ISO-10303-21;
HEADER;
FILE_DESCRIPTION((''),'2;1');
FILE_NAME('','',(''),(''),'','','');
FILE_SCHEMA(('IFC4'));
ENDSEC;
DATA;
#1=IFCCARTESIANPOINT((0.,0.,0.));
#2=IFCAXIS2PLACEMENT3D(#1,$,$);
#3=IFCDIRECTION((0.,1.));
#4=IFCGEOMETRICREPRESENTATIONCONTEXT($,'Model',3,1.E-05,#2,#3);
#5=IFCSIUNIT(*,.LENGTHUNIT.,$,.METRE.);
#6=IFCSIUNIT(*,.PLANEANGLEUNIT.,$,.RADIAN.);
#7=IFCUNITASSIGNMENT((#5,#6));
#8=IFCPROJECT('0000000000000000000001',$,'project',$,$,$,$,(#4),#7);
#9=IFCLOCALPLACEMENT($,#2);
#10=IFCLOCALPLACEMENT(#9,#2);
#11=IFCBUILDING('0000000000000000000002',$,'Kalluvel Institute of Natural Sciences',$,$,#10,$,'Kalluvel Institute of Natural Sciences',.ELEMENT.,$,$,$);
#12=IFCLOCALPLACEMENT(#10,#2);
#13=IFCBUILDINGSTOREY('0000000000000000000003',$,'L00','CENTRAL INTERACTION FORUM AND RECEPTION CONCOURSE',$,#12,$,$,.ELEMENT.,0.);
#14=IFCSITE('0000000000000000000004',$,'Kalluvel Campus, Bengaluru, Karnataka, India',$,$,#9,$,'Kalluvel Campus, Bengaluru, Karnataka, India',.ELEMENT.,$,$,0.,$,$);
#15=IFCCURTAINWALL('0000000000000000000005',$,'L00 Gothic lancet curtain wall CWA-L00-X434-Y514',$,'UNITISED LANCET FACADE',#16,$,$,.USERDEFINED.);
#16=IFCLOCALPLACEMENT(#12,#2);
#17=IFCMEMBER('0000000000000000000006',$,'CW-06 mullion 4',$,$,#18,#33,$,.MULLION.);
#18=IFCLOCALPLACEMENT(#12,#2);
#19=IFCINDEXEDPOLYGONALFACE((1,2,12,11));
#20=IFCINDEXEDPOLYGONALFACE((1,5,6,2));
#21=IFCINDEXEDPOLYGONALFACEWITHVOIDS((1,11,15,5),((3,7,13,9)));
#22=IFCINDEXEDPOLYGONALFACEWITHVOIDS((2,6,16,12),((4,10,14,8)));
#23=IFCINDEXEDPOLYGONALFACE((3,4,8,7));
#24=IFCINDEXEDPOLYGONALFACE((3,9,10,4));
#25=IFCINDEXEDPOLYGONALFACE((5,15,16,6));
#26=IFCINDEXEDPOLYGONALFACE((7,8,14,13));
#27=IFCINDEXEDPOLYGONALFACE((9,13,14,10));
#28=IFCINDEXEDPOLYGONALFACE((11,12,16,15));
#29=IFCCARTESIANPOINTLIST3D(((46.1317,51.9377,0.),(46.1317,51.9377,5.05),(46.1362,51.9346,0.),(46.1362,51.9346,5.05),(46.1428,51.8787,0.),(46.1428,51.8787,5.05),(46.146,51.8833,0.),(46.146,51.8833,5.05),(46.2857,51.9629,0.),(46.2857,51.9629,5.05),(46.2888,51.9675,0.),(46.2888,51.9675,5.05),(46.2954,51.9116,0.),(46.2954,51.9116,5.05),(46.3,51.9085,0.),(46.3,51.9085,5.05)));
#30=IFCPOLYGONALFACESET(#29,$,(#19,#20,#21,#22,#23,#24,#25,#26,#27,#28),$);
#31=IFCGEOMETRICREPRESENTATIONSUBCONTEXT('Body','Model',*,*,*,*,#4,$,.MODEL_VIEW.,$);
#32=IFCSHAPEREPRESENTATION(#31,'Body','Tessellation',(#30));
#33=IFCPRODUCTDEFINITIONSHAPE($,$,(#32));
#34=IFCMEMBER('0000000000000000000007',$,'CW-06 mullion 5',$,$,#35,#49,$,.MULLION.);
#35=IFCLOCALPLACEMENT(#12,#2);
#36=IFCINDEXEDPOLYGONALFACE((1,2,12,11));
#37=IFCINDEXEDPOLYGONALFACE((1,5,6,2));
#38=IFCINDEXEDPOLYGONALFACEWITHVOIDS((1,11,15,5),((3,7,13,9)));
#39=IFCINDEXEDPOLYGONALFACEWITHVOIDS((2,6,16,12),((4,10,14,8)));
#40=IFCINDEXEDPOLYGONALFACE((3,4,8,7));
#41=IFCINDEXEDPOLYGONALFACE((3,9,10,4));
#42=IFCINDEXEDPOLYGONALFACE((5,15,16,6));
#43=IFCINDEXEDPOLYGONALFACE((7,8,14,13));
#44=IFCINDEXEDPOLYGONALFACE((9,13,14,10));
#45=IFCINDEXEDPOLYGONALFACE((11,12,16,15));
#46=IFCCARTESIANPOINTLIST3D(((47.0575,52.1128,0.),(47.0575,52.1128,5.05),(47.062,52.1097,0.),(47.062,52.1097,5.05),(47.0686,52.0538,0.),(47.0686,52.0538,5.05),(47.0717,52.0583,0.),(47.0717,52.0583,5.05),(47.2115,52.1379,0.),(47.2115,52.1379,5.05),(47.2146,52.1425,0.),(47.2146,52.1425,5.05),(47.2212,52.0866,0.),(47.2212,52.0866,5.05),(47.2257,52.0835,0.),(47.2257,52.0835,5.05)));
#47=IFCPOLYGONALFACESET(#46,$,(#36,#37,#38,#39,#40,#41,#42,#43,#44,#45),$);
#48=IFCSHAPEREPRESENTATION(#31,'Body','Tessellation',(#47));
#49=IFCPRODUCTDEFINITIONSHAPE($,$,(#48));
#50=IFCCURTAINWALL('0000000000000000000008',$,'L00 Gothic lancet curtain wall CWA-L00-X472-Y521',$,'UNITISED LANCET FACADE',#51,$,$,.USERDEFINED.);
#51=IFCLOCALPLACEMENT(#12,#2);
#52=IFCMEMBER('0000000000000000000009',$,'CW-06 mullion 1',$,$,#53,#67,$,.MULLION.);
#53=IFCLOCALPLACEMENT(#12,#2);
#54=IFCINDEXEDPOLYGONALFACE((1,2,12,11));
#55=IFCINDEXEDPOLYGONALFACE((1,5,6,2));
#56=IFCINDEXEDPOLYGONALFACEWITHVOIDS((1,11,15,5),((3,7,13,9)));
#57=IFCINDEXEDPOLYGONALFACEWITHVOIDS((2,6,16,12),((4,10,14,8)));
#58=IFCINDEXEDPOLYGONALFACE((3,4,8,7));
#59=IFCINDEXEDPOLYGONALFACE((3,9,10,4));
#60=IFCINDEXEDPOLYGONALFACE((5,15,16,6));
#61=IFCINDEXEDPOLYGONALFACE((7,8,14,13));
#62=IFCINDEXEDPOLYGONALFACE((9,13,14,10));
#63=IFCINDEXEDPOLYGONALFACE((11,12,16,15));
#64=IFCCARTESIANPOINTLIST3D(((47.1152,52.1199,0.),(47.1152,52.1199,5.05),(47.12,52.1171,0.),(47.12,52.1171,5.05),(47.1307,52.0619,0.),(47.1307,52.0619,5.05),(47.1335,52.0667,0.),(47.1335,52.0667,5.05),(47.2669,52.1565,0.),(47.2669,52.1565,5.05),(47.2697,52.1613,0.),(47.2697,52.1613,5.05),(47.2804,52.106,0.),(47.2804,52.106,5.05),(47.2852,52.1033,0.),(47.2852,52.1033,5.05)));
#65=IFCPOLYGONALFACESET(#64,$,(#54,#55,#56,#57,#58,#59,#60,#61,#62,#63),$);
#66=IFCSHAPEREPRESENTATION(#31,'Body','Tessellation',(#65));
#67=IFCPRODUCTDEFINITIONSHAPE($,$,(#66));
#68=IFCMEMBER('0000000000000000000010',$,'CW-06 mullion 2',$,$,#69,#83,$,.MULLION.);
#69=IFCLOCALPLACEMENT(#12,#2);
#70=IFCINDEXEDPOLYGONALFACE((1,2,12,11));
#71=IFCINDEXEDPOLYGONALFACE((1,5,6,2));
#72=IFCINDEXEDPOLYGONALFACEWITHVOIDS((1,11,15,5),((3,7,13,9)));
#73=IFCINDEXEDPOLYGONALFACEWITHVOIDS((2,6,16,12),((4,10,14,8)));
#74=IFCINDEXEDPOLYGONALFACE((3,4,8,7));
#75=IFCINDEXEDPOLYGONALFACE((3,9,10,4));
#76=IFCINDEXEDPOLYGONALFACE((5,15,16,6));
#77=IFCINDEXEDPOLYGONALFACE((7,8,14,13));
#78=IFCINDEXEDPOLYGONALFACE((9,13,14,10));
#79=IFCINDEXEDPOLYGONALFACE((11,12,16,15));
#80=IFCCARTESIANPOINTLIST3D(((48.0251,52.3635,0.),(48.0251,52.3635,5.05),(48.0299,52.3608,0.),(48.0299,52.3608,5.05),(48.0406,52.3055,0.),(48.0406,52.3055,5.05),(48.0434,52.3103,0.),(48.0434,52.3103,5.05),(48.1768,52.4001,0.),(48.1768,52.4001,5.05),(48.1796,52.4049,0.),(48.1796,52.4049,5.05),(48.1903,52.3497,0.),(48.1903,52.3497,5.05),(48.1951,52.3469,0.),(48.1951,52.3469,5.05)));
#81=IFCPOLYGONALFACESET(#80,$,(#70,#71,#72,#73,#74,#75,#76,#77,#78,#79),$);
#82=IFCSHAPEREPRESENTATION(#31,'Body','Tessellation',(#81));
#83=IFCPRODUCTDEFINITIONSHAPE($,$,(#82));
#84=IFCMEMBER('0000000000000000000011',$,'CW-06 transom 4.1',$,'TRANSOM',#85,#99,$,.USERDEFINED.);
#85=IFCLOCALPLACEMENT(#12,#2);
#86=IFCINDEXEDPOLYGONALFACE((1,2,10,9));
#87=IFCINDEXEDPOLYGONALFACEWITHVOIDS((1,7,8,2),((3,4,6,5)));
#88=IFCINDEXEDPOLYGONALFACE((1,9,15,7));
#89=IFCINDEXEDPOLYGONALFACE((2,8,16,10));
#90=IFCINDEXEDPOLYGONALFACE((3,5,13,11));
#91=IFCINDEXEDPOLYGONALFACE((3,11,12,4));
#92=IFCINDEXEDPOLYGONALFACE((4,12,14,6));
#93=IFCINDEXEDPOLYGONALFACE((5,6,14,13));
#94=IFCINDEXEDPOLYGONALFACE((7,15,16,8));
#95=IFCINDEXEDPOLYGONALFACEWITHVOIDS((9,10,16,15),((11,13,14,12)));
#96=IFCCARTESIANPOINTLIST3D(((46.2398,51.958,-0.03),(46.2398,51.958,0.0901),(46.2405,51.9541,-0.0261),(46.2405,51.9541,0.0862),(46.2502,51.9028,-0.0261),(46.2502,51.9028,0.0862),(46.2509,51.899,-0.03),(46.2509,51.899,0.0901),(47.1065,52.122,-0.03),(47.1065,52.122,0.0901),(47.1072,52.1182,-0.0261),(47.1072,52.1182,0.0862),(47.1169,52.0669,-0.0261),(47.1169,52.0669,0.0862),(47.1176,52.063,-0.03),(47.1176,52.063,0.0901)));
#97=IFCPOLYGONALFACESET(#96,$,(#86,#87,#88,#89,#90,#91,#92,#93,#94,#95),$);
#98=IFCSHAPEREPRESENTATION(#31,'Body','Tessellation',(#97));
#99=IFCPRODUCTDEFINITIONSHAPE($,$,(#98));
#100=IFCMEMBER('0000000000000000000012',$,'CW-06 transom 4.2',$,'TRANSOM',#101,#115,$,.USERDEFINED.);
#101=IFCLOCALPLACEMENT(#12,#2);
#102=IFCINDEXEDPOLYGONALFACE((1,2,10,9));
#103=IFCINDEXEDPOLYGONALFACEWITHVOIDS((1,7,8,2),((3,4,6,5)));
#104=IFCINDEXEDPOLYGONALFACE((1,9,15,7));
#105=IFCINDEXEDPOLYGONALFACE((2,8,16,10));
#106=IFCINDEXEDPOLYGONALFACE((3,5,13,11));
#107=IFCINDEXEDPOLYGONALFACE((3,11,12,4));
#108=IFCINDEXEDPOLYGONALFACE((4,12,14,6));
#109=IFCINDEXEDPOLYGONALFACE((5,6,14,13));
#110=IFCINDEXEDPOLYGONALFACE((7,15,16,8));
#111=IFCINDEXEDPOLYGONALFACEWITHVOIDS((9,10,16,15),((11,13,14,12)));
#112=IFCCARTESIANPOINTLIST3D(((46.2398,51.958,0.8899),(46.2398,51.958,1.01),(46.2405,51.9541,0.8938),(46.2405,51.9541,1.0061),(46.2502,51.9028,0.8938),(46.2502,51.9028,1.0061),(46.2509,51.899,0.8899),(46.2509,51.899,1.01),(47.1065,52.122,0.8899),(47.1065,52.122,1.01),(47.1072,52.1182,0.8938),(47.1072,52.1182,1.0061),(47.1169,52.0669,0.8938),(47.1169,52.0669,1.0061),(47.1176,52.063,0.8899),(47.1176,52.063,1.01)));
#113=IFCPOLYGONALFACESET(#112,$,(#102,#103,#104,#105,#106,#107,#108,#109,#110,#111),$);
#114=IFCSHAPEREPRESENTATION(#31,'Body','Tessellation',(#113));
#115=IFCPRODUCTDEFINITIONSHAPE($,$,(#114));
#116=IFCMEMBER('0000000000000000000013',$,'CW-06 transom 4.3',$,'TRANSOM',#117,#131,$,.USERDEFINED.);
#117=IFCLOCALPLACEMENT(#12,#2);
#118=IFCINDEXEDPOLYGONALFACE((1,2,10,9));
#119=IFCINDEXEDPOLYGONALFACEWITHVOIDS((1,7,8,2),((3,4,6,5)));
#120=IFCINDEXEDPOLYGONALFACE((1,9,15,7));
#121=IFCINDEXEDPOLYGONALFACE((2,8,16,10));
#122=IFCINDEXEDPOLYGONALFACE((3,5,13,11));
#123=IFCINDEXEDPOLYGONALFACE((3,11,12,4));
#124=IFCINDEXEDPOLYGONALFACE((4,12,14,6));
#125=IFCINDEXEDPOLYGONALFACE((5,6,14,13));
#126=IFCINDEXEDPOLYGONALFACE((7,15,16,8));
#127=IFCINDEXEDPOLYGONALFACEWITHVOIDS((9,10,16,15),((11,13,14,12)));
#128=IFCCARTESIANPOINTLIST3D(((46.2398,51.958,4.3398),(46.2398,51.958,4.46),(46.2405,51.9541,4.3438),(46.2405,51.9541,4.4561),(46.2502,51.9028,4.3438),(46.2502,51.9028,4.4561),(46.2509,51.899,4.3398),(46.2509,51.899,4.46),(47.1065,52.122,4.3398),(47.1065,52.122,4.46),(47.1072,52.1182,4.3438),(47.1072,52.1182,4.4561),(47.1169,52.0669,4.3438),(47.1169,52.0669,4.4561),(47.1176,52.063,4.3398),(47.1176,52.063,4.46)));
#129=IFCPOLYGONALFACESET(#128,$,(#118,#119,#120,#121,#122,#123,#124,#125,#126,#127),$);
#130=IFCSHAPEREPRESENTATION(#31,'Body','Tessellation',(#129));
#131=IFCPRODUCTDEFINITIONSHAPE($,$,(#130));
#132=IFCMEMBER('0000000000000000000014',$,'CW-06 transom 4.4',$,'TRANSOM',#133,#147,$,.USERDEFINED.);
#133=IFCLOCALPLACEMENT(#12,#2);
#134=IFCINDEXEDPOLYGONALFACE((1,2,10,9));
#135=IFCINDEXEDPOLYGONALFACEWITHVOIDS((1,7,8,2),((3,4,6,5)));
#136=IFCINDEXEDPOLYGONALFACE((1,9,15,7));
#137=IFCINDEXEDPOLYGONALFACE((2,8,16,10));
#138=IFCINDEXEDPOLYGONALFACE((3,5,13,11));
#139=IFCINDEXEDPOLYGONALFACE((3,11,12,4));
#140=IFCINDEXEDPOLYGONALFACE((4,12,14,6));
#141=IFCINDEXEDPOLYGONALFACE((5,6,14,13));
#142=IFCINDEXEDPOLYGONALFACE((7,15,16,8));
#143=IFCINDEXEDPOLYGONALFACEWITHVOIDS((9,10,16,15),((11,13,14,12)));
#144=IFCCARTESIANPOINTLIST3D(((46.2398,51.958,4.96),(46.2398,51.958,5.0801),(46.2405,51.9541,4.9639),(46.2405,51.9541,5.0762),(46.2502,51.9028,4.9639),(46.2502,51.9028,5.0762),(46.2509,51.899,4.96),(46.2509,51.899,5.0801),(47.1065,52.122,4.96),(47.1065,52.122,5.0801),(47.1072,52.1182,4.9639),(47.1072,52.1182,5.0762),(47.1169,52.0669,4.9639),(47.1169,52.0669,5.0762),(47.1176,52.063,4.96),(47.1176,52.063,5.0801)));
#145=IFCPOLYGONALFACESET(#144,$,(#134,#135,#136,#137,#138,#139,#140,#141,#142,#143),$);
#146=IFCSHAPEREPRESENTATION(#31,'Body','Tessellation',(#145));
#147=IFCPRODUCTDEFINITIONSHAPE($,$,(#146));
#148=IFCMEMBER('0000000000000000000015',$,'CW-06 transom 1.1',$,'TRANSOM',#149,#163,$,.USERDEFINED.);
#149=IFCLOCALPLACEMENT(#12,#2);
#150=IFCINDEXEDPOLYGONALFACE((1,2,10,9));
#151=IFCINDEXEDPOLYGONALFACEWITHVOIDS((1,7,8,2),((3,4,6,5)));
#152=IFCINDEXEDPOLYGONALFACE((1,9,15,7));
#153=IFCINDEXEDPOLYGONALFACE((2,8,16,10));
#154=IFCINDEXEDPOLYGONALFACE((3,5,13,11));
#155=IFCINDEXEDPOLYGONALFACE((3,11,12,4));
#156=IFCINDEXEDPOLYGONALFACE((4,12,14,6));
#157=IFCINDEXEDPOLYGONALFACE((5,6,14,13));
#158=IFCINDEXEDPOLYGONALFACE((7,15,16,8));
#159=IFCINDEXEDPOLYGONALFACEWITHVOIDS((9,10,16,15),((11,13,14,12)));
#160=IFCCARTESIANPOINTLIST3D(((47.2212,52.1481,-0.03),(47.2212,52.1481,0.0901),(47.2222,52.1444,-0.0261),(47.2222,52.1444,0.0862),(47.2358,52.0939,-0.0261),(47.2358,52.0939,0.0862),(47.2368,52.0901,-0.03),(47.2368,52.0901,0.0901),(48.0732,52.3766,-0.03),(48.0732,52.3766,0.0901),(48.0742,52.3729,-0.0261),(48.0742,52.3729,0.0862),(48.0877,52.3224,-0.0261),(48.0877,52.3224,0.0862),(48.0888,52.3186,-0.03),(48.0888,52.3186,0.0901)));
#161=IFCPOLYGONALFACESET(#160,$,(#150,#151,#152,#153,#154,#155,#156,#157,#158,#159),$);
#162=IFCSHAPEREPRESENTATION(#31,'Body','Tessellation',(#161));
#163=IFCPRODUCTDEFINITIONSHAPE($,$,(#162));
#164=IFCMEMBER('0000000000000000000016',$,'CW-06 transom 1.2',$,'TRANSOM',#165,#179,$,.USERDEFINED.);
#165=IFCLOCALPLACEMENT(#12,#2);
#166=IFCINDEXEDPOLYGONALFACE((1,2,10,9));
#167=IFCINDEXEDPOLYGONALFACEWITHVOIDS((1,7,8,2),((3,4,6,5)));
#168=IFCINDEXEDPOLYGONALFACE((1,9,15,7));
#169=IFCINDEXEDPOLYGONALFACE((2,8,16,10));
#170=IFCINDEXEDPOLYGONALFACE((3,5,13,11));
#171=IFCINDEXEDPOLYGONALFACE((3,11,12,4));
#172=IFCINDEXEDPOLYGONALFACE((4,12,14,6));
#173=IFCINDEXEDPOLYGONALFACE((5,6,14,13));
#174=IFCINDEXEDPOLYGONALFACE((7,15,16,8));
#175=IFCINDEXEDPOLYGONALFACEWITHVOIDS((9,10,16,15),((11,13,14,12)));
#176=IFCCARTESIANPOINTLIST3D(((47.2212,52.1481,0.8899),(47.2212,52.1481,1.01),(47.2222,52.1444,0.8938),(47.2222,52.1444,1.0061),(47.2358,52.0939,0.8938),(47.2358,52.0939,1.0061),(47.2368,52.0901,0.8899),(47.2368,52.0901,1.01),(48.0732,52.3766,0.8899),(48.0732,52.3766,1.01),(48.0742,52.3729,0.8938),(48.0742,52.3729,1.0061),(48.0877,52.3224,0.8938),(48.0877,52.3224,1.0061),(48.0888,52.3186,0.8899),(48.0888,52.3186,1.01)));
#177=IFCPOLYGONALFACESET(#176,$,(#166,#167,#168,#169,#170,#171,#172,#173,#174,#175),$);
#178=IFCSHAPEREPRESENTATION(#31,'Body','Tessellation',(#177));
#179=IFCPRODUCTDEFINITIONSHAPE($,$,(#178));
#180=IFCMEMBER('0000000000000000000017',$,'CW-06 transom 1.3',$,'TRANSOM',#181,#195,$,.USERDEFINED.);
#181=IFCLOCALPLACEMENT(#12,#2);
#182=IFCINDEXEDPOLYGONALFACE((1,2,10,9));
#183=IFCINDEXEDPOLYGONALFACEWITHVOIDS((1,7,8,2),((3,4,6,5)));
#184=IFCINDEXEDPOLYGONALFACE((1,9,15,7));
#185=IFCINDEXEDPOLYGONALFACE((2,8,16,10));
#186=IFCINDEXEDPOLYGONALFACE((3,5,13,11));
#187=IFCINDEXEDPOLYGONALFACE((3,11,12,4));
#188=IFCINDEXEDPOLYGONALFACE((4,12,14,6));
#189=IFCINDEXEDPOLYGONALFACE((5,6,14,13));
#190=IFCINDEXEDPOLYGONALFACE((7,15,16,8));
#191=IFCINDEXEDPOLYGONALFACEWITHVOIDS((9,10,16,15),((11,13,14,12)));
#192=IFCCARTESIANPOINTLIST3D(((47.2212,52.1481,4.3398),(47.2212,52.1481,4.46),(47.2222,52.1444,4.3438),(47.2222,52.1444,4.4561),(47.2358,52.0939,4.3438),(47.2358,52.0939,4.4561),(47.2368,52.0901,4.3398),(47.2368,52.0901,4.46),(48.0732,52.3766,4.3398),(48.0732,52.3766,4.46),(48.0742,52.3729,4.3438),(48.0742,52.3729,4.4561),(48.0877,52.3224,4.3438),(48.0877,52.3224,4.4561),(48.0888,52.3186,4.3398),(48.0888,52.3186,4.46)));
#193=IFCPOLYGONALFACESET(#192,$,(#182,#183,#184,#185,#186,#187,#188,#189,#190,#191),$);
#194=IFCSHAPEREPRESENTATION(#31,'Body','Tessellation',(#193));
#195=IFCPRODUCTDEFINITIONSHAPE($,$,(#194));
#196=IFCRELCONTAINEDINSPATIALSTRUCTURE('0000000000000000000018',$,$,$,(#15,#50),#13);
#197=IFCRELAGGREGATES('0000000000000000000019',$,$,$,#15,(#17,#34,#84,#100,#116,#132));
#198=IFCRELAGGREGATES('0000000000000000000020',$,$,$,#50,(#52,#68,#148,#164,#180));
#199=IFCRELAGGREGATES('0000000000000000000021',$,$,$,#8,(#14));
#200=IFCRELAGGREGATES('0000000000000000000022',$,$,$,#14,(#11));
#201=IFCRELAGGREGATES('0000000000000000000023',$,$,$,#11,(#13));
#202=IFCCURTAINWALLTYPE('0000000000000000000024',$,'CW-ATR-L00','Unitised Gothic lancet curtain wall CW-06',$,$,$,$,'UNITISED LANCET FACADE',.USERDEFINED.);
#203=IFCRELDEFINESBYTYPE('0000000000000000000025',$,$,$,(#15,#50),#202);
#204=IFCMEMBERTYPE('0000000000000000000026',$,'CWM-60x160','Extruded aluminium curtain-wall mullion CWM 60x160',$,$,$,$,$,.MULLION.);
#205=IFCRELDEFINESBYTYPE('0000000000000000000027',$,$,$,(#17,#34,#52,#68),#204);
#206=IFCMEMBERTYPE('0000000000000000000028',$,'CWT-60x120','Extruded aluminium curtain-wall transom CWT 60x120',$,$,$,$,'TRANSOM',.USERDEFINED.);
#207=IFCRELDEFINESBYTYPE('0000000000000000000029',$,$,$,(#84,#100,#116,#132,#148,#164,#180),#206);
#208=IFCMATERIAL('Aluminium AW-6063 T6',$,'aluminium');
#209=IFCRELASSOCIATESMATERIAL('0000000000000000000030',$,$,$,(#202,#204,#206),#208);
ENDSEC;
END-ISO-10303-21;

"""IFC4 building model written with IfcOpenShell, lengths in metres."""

from ifc_helpers import new_model, si_unit, direction, frame, origin, origin_2d, place, context, subcontext, project, spatial, hollow_rectangle, extrude, material, material_profile, profile_set, type_object, element, aggregate, save


model = new_model("IFC4")

# Units and contexts
model_context = context("Model", 3, precision=1e-05, world=origin(), true_north=direction((0.0, 1.0)))
body_context = subcontext(model_context, "Body", "Model", "MODEL_VIEW")
ifc_project = project(units=[si_unit("LENGTHUNIT", "METRE"), si_unit("PLANEANGLEUNIT", "RADIAN")], contexts=[model_context])

# Site, building, storey
site_placement = place(None, origin())
site = spatial("IfcSite", under=ifc_project, at=site_placement, Name="Kalluvel Campus, Bengaluru, Karnataka, India", LongName="Kalluvel Campus, Bengaluru, Karnataka, India", CompositionType="ELEMENT", RefElevation=0.0)
building_placement = place(site_placement, origin())
building = spatial("IfcBuilding", under=site, at=building_placement, Name="Kalluvel Institute of Natural Sciences", LongName="Kalluvel Institute of Natural Sciences", CompositionType="ELEMENT")
storey_placement = place(building_placement, origin())
storey = spatial("IfcBuildingStorey", under=building, at=storey_placement, Name="L00", Description="CENTRAL INTERACTION FORUM AND RECEPTION CONCOURSE", CompositionType="ELEMENT", Elevation=0.0)

# Curtain walls, members
ifc_material_1 = material(Name="Aluminium AW-6063 T6", Category="aluminium")
curtain_wall_type = type_object("IfcCurtainWallType", Name="CW-ATR-L00", Description="Unitised Gothic lancet curtain wall CW-06", ElementType="UNITISED LANCET FACADE", PredefinedType="USERDEFINED", material=ifc_material_1)
curtain_wall_1_placement = place(storey_placement, origin())
curtain_wall_1 = element("IfcCurtainWall", 1, at=curtain_wall_1_placement, inside=storey, type_object=curtain_wall_type, Name="L00 Gothic lancet curtain wall CWA-L00-X434-Y514", ObjectType="UNITISED LANCET FACADE", PredefinedType="USERDEFINED")
ifc_material_profile_1 = material_profile(ifc_material_1, hollow_rectangle(XDim=0.0601, YDim=0.1599, WallThickness=0.0039, at=origin_2d()), Name="CWM 60x160")
ifc_profile_set_1 = profile_set([ifc_material_profile_1], Name="Aluminium AW-6063 T6")
member_type_1 = type_object("IfcMemberType", Name="CWM-60x160", Description="Extruded aluminium curtain-wall mullion CWM 60x160", PredefinedType="MULLION", material=ifc_profile_set_1)
member_1_placement = place(storey_placement, frame((46.2158, 51.9231, 0.0), z_axis=(0.0, 0.0, 1.0), x_axis=(-0.185898, 0.982569, 0.0)))
member_1 = element("IfcMember", 2, at=member_1_placement, type_object=member_type_1, Name="CW-06 mullion 4", PredefinedType="MULLION", context=body_context, shape_type="SweptSolid", body=[
    extrude(hollow_rectangle(XDim=0.0601, YDim=0.1599, WallThickness=0.0039, at=origin_2d()), origin(), (0.0, 0.0, 1.0), 5.05),
])
member_2_placement = place(storey_placement, frame((47.1416, 52.0981, 0.0), z_axis=(0.0, 0.0, 1.0), x_axis=(-0.185898, 0.982569, 0.0)))
member_2 = element("IfcMember", 3, at=member_2_placement, type_object=member_type_1, Name="CW-06 mullion 5", PredefinedType="MULLION", context=body_context, shape_type="SweptSolid", body=[
    extrude(hollow_rectangle(XDim=0.0601, YDim=0.1599, WallThickness=0.0039, at=origin_2d()), origin(), (0.0, 0.0, 1.0), 5.05),
])
curtain_wall_2_placement = place(storey_placement, origin())
curtain_wall_2 = element("IfcCurtainWall", 4, at=curtain_wall_2_placement, inside=storey, type_object=curtain_wall_type, Name="L00 Gothic lancet curtain wall CWA-L00-X472-Y521", ObjectType="UNITISED LANCET FACADE", PredefinedType="USERDEFINED")
member_3_placement = place(storey_placement, frame((47.2002, 52.1116, 0.0), z_axis=(0.0, 0.0, 1.0), x_axis=(-0.258826, 0.965924, 0.0)))
member_3 = element("IfcMember", 5, at=member_3_placement, type_object=member_type_1, Name="CW-06 mullion 1", PredefinedType="MULLION", context=body_context, shape_type="SweptSolid", body=[
    extrude(hollow_rectangle(XDim=0.0601, YDim=0.1599, WallThickness=0.0039, at=origin_2d()), origin(), (0.0, 0.0, 1.0), 5.05),
])
member_4_placement = place(storey_placement, frame((48.1101, 52.3552, 0.0), z_axis=(0.0, 0.0, 1.0), x_axis=(-0.258826, 0.965924, 0.0)))
member_4 = element("IfcMember", 6, at=member_4_placement, type_object=member_type_1, Name="CW-06 mullion 2", PredefinedType="MULLION", context=body_context, shape_type="SweptSolid", body=[
    extrude(hollow_rectangle(XDim=0.0601, YDim=0.1599, WallThickness=0.0039, at=origin_2d()), origin(), (0.0, 0.0, 1.0), 5.05),
])

# Members
ifc_material_profile_2 = material_profile(ifc_material_1, hollow_rectangle(XDim=0.0601, YDim=0.1201, WallThickness=0.0039, at=origin_2d()), Name="CWT 60x120")
ifc_profile_set_2 = profile_set([ifc_material_profile_2], Name="Aluminium AW-6063 T6")
member_type_2 = type_object("IfcMemberType", Name="CWT-60x120", Description="Extruded aluminium curtain-wall transom CWT 60x120", ElementType="TRANSOM", PredefinedType="USERDEFINED", material=ifc_profile_set_2)
member_5_placement = place(storey_placement, frame((46.2454, 51.9285, 0.03), z_axis=(0.982551, 0.185993, 0.0), x_axis=(-0.185993, 0.982551, 0.0)))
member_5 = element("IfcMember", 7, at=member_5_placement, type_object=member_type_2, Name="CW-06 transom 4.1", ObjectType="TRANSOM", PredefinedType="USERDEFINED", context=body_context, shape_type="SweptSolid", body=[
    extrude(hollow_rectangle(XDim=0.0601, YDim=0.1201, WallThickness=0.0039, at=origin_2d()), origin(), (0.0, 0.0, 1.0), 0.8821),
])
member_6_placement = place(storey_placement, frame((46.2454, 51.9285, 0.95), z_axis=(0.982551, 0.185993, 0.0), x_axis=(-0.185993, 0.982551, 0.0)))
member_6 = element("IfcMember", 8, at=member_6_placement, type_object=member_type_2, Name="CW-06 transom 4.2", ObjectType="TRANSOM", PredefinedType="USERDEFINED", context=body_context, shape_type="SweptSolid", body=[
    extrude(hollow_rectangle(XDim=0.0601, YDim=0.1201, WallThickness=0.0039, at=origin_2d()), origin(), (0.0, 0.0, 1.0), 0.8821),
])
member_7_placement = place(storey_placement, frame((46.2454, 51.9285, 4.3999), z_axis=(0.982551, 0.185993, 0.0), x_axis=(-0.185993, 0.982551, 0.0)))
member_7 = element("IfcMember", 9, at=member_7_placement, type_object=member_type_2, Name="CW-06 transom 4.3", ObjectType="TRANSOM", PredefinedType="USERDEFINED", context=body_context, shape_type="SweptSolid", body=[
    extrude(hollow_rectangle(XDim=0.0601, YDim=0.1201, WallThickness=0.0039, at=origin_2d()), origin(), (0.0, 0.0, 1.0), 0.8821),
])
member_8_placement = place(storey_placement, frame((46.2454, 51.9285, 5.02), z_axis=(0.982551, 0.185993, 0.0), x_axis=(-0.185993, 0.982551, 0.0)))
member_8 = element("IfcMember", 10, at=member_8_placement, type_object=member_type_2, Name="CW-06 transom 4.4", ObjectType="TRANSOM", PredefinedType="USERDEFINED", context=body_context, shape_type="SweptSolid", body=[
    extrude(hollow_rectangle(XDim=0.0601, YDim=0.1201, WallThickness=0.0039, at=origin_2d()), origin(), (0.0, 0.0, 1.0), 0.8821),
])
member_9_placement = place(storey_placement, frame((47.229, 52.1191, 0.03), z_axis=(0.965866, 0.25904, 0.0), x_axis=(-0.25904, 0.965866, 0.0)))
member_9 = element("IfcMember", 11, at=member_9_placement, type_object=member_type_2, Name="CW-06 transom 1.1", ObjectType="TRANSOM", PredefinedType="USERDEFINED", context=body_context, shape_type="SweptSolid", body=[
    extrude(hollow_rectangle(XDim=0.0601, YDim=0.1201, WallThickness=0.0039, at=origin_2d()), origin(), (0.0, 0.0, 1.0), 0.8821),
])
member_10_placement = place(storey_placement, frame((47.229, 52.1191, 0.95), z_axis=(0.965866, 0.25904, 0.0), x_axis=(-0.25904, 0.965866, 0.0)))
member_10 = element("IfcMember", 12, at=member_10_placement, type_object=member_type_2, Name="CW-06 transom 1.2", ObjectType="TRANSOM", PredefinedType="USERDEFINED", context=body_context, shape_type="SweptSolid", body=[
    extrude(hollow_rectangle(XDim=0.0601, YDim=0.1201, WallThickness=0.0039, at=origin_2d()), origin(), (0.0, 0.0, 1.0), 0.8821),
])
member_11_placement = place(storey_placement, frame((47.229, 52.1191, 4.3999), z_axis=(0.965866, 0.25904, 0.0), x_axis=(-0.25904, 0.965866, 0.0)))
member_11 = element("IfcMember", 13, at=member_11_placement, type_object=member_type_2, Name="CW-06 transom 1.3", ObjectType="TRANSOM", PredefinedType="USERDEFINED", context=body_context, shape_type="SweptSolid", body=[
    extrude(hollow_rectangle(XDim=0.0601, YDim=0.1201, WallThickness=0.0039, at=origin_2d()), origin(), (0.0, 0.0, 1.0), 0.8821),
])

aggregate(curtain_wall_1, [member_1, member_2, member_5, member_6, member_7, member_8])
aggregate(curtain_wall_2, [member_3, member_4, member_9, member_10, member_11])

save(model, "model.ifc")
